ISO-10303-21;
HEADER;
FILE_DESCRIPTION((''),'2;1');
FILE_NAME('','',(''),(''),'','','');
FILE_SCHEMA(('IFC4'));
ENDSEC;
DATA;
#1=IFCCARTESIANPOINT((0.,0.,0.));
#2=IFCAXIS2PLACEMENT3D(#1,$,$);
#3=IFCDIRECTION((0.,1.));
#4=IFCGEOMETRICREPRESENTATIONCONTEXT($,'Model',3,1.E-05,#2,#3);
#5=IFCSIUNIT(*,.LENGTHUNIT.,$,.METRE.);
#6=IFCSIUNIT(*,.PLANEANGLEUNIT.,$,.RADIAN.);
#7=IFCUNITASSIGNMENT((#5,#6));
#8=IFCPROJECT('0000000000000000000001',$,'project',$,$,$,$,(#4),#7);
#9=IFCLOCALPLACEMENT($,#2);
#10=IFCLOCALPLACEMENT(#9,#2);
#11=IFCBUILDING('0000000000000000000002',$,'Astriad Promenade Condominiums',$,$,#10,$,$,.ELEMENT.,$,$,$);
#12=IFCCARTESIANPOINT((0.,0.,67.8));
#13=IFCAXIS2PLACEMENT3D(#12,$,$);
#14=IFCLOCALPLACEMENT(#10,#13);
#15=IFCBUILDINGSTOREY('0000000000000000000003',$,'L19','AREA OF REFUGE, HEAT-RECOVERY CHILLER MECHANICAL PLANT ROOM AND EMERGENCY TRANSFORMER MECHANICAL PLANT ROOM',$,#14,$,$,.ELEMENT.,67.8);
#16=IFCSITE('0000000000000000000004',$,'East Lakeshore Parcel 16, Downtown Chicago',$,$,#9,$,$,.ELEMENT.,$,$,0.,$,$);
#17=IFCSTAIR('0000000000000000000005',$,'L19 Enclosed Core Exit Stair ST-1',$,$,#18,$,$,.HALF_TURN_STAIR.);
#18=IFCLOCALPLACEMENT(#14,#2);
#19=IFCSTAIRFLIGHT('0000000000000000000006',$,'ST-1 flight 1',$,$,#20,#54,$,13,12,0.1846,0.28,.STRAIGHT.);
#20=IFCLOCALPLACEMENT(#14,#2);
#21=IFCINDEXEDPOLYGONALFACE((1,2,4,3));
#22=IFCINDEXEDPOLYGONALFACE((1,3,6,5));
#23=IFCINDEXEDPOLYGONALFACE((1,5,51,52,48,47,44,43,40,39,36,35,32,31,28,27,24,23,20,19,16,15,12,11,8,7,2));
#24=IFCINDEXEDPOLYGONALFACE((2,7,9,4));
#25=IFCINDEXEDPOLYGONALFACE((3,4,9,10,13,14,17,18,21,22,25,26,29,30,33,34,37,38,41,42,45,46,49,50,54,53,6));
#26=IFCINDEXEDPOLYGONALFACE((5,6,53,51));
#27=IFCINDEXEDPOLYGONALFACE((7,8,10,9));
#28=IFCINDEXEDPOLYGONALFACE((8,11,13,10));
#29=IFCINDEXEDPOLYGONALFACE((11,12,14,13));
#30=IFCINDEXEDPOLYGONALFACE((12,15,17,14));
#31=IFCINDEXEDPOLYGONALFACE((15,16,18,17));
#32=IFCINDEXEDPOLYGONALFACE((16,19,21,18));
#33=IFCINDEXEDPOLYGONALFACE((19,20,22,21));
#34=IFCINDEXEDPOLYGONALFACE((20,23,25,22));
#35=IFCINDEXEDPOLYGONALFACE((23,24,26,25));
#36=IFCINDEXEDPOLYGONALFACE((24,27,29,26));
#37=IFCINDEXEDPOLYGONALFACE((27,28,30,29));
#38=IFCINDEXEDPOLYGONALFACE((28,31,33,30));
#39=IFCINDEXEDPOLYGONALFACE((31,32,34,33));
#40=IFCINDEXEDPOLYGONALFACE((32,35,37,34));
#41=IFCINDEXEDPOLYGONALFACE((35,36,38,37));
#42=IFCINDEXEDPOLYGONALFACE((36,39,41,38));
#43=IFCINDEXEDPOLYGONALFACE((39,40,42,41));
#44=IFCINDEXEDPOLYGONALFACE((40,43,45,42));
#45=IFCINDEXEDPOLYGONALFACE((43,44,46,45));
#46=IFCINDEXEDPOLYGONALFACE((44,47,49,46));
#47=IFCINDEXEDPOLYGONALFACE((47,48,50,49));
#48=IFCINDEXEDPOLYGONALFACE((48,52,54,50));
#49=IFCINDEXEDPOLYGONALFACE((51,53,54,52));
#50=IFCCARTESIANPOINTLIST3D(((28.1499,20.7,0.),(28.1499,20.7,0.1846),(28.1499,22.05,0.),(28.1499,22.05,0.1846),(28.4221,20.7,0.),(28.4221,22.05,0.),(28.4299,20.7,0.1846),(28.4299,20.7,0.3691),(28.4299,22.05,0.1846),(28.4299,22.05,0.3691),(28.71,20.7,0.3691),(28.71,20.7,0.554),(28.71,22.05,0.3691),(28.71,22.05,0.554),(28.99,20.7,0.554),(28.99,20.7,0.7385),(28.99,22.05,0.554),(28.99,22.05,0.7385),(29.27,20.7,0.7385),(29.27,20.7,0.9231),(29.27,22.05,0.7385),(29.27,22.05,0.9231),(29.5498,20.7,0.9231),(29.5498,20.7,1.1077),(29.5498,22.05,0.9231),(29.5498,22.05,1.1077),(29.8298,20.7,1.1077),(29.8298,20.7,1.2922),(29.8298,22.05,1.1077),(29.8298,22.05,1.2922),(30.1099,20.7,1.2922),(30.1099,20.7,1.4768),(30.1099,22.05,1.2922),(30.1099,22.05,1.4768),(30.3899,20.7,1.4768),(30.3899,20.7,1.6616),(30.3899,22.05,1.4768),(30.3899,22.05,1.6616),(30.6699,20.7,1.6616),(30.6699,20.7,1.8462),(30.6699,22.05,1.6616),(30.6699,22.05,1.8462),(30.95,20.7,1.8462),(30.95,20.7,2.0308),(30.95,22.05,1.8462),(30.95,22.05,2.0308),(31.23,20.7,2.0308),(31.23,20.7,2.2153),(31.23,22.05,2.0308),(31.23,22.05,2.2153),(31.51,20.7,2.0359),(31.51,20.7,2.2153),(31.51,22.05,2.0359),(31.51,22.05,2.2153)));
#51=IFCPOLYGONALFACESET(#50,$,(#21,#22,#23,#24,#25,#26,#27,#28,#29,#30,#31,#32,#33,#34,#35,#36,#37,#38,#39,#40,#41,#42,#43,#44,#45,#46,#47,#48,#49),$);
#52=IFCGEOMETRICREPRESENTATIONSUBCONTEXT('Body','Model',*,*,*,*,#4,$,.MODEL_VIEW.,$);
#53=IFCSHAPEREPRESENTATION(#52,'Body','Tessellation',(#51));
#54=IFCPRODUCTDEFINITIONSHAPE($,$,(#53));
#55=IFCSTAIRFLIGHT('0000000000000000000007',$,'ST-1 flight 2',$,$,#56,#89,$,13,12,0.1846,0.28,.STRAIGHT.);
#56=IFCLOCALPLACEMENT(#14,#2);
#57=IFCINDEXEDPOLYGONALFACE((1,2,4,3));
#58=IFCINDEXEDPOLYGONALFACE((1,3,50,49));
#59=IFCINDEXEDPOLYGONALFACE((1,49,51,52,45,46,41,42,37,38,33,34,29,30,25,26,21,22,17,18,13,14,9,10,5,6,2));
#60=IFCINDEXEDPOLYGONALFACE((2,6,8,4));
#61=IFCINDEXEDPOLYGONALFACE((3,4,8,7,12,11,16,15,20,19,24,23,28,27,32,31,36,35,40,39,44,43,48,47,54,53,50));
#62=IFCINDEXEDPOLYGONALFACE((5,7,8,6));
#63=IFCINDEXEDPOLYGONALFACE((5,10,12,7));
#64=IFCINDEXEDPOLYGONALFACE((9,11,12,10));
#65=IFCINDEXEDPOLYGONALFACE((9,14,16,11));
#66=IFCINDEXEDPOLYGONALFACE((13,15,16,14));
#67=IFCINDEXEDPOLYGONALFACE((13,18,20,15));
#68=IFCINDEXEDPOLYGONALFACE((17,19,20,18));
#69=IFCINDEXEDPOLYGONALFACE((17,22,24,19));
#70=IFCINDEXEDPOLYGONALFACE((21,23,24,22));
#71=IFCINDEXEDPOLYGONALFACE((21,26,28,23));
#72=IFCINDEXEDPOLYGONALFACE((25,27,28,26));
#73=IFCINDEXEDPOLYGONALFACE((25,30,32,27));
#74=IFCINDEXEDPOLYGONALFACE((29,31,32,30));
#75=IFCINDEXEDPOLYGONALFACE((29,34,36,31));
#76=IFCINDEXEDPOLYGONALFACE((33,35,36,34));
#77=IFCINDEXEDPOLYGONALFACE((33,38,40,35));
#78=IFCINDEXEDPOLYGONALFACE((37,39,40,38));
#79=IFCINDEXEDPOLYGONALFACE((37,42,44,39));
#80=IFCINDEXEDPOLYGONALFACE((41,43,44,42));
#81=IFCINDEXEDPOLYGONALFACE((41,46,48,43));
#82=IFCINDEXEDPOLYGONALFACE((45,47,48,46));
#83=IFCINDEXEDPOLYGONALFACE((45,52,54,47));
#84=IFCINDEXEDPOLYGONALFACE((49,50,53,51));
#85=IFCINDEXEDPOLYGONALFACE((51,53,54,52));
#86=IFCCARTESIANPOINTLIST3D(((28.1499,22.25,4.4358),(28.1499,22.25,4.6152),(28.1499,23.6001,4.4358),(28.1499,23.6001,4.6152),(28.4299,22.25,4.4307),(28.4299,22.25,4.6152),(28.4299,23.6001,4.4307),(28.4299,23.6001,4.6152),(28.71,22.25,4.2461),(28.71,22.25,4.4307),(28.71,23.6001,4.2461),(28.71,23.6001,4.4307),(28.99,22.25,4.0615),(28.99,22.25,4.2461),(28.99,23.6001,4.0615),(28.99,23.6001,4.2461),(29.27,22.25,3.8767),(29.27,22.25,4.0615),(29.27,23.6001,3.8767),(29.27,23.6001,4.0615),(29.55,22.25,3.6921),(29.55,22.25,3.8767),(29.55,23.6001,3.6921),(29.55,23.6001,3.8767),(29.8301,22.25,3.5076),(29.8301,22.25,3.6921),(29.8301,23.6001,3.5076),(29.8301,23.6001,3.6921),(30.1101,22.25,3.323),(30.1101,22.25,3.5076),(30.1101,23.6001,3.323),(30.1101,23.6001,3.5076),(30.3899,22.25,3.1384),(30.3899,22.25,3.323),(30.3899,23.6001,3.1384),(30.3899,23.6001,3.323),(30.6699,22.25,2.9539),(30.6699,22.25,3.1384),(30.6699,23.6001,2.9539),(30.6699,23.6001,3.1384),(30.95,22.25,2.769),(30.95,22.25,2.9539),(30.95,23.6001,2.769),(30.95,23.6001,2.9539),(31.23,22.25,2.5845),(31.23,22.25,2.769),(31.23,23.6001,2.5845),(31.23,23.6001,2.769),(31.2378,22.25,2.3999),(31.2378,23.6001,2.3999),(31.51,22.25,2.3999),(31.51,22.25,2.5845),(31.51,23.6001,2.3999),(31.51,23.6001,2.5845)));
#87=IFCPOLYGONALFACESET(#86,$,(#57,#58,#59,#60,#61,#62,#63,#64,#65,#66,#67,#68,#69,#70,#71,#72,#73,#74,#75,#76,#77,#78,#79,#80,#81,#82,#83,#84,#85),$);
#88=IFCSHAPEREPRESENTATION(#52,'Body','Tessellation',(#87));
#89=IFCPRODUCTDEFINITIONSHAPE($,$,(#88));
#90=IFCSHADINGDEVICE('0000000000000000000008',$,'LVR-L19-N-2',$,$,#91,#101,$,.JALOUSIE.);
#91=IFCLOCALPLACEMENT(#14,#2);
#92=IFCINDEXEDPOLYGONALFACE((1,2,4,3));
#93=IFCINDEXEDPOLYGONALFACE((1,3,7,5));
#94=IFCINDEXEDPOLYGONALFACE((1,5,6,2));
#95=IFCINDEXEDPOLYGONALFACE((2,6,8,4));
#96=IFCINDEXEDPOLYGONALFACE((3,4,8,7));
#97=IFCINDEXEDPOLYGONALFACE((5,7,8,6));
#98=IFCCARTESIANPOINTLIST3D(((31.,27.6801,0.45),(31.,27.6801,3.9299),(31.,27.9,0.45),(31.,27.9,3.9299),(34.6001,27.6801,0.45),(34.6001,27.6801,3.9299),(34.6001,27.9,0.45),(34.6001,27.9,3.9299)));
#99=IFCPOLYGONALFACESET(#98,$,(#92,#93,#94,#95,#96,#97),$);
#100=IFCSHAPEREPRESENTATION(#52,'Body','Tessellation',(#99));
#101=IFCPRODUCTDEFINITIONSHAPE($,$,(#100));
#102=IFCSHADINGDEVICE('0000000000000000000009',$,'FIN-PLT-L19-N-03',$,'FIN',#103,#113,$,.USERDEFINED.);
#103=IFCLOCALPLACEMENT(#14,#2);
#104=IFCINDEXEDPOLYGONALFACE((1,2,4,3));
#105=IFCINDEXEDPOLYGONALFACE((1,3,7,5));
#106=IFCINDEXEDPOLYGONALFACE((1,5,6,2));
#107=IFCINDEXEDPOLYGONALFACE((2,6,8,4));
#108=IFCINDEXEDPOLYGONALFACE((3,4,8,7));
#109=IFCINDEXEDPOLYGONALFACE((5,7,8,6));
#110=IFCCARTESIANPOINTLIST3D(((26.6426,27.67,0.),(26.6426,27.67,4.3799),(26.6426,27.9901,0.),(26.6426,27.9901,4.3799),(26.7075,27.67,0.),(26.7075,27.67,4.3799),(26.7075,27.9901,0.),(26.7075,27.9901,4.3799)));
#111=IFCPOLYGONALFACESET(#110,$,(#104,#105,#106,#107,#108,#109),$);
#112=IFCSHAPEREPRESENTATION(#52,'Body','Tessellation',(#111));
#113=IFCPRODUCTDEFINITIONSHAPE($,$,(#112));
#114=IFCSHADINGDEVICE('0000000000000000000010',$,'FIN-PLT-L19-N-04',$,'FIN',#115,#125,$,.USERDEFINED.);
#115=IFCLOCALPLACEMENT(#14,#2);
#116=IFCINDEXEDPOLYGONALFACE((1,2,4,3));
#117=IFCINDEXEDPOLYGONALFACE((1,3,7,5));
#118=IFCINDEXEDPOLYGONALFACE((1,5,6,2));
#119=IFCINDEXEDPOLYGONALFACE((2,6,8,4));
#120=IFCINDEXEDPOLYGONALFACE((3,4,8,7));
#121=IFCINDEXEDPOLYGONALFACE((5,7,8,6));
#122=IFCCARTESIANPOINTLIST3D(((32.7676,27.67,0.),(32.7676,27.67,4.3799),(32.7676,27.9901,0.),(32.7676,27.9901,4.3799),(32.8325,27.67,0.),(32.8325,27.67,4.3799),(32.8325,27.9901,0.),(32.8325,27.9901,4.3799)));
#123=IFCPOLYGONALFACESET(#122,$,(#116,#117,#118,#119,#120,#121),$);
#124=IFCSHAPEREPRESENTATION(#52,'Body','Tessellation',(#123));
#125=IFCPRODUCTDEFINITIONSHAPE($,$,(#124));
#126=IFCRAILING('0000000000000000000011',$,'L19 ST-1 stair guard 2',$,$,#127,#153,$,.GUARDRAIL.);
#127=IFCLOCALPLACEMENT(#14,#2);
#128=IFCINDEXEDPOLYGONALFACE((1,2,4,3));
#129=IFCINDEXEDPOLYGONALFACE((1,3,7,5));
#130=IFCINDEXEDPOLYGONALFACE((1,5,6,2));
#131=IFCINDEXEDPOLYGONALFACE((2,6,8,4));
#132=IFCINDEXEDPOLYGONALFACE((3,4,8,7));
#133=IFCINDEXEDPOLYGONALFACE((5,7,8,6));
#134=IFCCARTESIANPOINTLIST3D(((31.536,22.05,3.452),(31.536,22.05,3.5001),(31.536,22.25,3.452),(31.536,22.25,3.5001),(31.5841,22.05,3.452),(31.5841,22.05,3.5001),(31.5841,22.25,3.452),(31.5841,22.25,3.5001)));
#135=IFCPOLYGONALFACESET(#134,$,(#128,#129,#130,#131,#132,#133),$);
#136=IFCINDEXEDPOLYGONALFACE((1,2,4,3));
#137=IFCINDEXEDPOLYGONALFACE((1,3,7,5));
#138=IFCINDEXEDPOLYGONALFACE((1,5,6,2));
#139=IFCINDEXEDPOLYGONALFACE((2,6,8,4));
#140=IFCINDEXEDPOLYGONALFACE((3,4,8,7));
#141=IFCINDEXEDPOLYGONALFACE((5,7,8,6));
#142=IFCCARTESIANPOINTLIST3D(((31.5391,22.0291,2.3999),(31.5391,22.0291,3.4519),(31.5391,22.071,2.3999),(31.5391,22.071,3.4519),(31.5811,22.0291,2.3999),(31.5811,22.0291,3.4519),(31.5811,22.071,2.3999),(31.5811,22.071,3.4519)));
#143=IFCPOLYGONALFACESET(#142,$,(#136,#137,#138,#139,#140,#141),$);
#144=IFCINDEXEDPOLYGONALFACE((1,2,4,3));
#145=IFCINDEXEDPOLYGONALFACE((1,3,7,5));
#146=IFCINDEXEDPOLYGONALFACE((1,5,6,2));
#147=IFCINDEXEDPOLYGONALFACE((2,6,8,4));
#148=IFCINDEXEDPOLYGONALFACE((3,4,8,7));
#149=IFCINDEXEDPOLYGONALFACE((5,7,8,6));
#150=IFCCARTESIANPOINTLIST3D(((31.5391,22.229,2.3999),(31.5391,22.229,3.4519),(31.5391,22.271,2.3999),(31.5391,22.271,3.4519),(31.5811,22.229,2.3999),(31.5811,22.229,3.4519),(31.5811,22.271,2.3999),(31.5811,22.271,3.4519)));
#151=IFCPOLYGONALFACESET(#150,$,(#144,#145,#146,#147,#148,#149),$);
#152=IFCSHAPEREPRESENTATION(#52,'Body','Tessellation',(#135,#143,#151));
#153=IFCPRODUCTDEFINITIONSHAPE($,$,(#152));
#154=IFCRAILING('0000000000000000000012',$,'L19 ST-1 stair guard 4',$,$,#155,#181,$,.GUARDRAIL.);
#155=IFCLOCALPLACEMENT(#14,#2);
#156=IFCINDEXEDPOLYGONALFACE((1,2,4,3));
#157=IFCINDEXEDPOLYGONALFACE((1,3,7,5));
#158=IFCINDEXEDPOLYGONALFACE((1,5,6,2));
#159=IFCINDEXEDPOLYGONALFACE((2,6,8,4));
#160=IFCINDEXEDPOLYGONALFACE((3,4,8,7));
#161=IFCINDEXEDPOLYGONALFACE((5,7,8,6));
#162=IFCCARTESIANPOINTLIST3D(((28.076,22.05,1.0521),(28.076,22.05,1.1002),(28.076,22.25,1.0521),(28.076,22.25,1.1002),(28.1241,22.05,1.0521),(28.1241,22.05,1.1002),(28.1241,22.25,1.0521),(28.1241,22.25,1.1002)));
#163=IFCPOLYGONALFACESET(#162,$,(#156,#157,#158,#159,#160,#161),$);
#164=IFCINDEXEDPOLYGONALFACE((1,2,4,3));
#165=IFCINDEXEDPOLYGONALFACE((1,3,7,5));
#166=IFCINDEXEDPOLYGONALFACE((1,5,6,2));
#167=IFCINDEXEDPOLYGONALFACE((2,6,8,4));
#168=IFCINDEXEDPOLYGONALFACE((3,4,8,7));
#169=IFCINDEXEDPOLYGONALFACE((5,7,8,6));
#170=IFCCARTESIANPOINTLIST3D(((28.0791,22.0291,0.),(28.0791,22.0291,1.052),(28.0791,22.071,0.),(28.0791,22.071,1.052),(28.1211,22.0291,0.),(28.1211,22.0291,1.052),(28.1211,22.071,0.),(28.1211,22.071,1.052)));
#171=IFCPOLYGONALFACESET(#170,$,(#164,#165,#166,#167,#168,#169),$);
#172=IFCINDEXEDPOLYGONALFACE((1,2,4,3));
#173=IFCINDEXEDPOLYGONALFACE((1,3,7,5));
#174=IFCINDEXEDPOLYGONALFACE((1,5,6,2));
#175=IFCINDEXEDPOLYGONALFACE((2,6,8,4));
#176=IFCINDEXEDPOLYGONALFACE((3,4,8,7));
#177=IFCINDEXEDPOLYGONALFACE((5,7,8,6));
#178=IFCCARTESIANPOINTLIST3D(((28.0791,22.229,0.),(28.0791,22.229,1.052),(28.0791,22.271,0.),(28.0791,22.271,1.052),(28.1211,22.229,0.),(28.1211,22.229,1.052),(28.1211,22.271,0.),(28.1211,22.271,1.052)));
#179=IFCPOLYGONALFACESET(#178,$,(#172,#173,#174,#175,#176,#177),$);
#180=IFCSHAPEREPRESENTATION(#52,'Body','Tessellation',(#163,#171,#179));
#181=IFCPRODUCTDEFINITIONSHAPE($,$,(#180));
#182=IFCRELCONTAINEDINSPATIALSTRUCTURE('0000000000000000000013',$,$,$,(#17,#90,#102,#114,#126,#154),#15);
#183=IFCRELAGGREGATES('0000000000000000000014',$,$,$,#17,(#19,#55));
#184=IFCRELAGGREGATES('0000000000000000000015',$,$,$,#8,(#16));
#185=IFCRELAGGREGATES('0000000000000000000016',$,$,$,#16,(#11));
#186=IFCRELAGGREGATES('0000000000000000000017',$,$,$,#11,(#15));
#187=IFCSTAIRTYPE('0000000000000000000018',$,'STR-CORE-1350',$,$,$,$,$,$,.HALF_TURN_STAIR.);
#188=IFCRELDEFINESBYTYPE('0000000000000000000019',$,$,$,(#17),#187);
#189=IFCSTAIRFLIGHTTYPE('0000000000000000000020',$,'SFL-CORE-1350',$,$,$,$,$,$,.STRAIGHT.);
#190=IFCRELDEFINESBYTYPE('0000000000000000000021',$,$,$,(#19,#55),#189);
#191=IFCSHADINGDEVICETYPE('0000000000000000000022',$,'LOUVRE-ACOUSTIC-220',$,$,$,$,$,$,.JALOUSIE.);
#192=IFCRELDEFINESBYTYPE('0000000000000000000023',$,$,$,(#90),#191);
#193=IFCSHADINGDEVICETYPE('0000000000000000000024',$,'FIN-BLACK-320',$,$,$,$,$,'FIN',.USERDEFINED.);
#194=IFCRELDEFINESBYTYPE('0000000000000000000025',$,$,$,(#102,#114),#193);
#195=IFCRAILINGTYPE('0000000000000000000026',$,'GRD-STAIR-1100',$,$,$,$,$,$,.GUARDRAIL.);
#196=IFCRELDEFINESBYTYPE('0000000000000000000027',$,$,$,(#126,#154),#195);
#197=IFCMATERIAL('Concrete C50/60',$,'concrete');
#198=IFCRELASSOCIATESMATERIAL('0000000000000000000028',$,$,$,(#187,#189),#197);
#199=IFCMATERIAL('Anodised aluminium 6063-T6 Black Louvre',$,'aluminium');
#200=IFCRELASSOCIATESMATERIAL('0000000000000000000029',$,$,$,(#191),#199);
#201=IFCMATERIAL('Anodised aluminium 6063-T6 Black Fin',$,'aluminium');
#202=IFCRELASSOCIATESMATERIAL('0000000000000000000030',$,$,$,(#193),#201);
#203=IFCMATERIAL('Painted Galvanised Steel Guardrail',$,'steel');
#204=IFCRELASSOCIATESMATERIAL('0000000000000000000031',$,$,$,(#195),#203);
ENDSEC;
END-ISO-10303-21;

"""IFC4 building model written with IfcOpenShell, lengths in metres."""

from ifc_helpers import new_model, si_unit, direction, frame, origin, origin_2d, place, context, subcontext, project, spatial, polyline, rectangle, outline, extrude, source, transform, mapped, material, type_object, type_shapes, element, aggregate, save


model = new_model("IFC4")

# Units and contexts
model_context = context("Model", 3, precision=1e-05, world=origin(), true_north=direction((0.0, 1.0)))
body_context = subcontext(model_context, "Body", "Model", "MODEL_VIEW")
ifc_project = project(units=[si_unit("LENGTHUNIT", "METRE"), si_unit("PLANEANGLEUNIT", "RADIAN")], contexts=[model_context])

# Site, building, storey
site_placement = place(None, origin())
site = spatial("IfcSite", under=ifc_project, at=site_placement, Name="East Lakeshore Parcel 16, Downtown Chicago", CompositionType="ELEMENT", RefElevation=0.0)
building_placement = place(site_placement, origin())
building = spatial("IfcBuilding", under=site, at=building_placement, Name="Astriad Promenade Condominiums", CompositionType="ELEMENT")
storey_placement = place(building_placement, frame((0.0, 0.0, 67.8)))
storey = spatial("IfcBuildingStorey", under=building, at=storey_placement, Name="L19", Description="AREA OF REFUGE, HEAT-RECOVERY CHILLER MECHANICAL PLANT ROOM AND EMERGENCY TRANSFORMER MECHANICAL PLANT ROOM", CompositionType="ELEMENT", Elevation=67.8)

# Shared definitions
ifc_material_1 = material(Name="Concrete C50/60", Category="concrete")

# Stair, stair flights
stair_type = type_object("IfcStairType", Name="STR-CORE-1350", PredefinedType="HALF_TURN_STAIR", material=ifc_material_1)
stair_placement = place(storey_placement, origin())
stair = element("IfcStair", 1, at=stair_placement, inside=storey, type_object=stair_type, Name="L19 Enclosed Core Exit Stair ST-1", PredefinedType="HALF_TURN_STAIR")
stair_flight_type = type_object("IfcStairFlightType", Name="SFL-CORE-1350", PredefinedType="STRAIGHT", material=ifc_material_1)
shared_shape_1 = source(origin(), body_context, "Body", "SweptSolid", [
    extrude(outline(polyline([(0.0, 0.0), (0.0, 0.1846), (0.28, 0.1846), (0.28, 0.3691), (0.5601, 0.3691), (0.5601, 0.554), (0.8401, 0.554), (0.8401, 0.7385), (1.1201, 0.7385), (1.1201, 0.9231), (1.3999, 0.9231), (1.3999, 1.1077), (1.6799, 1.1077), (1.6799, 1.2922), (1.96, 1.2922), (1.96, 1.4768), (2.24, 1.4768), (2.24, 1.6616), (2.52, 1.6616), (2.52, 1.8462), (2.8, 1.8462), (2.8, 2.0308), (3.0801, 2.0308), (3.0801, 2.2153), (3.3601, 2.2153), (3.3601, 2.3999), (3.3601, 2.0359), (0.2722, 0.0), (0.0, 0.0)])), frame((0.0, 0.675, 0.0), z_axis=(0.0, -1.0, 0.0), x_axis=(1.0, 0.0, 0.0)), (0.0, 0.0, 1.0), 1.3501),
])
type_shapes(stair_flight_type, [shared_shape_1])
stair_flight_1_placement = place(storey_placement, frame((28.1499, 21.375, 0.0), z_axis=(0.0, 0.0, 1.0), x_axis=(1.0, 0.0, 0.0)))
stair_flight_1 = element("IfcStairFlight", 2, at=stair_flight_1_placement, type_object=stair_flight_type, Name="ST-1 flight 1", NumberOfRisers=13, NumberOfTreads=12, PredefinedType="STRAIGHT", RiserHeight=0.1846, TreadLength=0.28, context=body_context, shape_type="MappedRepresentation", body=[
    mapped(shared_shape_1, transform((0.0, 0.0, 0.0), scale=1.0)),
])
stair_flight_2_placement = place(storey_placement, frame((31.51, 22.925, 2.3999), z_axis=(0.0, 0.0, 1.0), x_axis=(-1.0, 0.0, 0.0)))
stair_flight_2 = element("IfcStairFlight", 3, at=stair_flight_2_placement, type_object=stair_flight_type, Name="ST-1 flight 2", NumberOfRisers=13, NumberOfTreads=12, PredefinedType="STRAIGHT", RiserHeight=0.1846, TreadLength=0.28, context=body_context, shape_type="MappedRepresentation", body=[
    mapped(shared_shape_1, transform((0.0, 0.0, 0.0), scale=1.0)),
])
aggregate(stair, [stair_flight_1, stair_flight_2])

# Shading devices
ifc_material_2 = material(Name="Anodised aluminium 6063-T6 Black Louvre", Category="aluminium")
shading_device_type_1 = type_object("IfcShadingDeviceType", Name="LOUVRE-ACOUSTIC-220", PredefinedType="JALOUSIE", material=ifc_material_2)
shared_shape_2 = source(origin(), body_context, "Body", "SweptSolid", [
    extrude(rectangle(XDim=3.6001, YDim=0.22, at=origin_2d()), origin(), (0.0, 0.0, 1.0), 3.48),
])
type_shapes(shading_device_type_1, [shared_shape_2])
shading_device_placement = place(storey_placement, frame((32.8, 27.79, 0.45), z_axis=(0.0, 0.0, 1.0), x_axis=(1.0, 0.0, 0.0)))
element("IfcShadingDevice", 4, at=shading_device_placement, inside=storey, type_object=shading_device_type_1, Name="LVR-L19-N-2", PredefinedType="JALOUSIE", context=body_context, shape_type="MappedRepresentation", body=[
    mapped(shared_shape_2, transform((0.0, 0.0, 0.0), scale=1.0)),
])
ifc_material_3 = material(Name="Anodised aluminium 6063-T6 Black Fin", Category="aluminium")
shading_device_type_2 = type_object("IfcShadingDeviceType", Name="FIN-BLACK-320", ElementType="FIN", PredefinedType="USERDEFINED", material=ifc_material_3)
shared_shape_3 = source(origin(), body_context, "Body", "SweptSolid", [
    extrude(rectangle(XDim=0.0649, YDim=0.3201, at=origin_2d()), origin(), (0.0, 0.0, 1.0), 4.3799),
])
type_shapes(shading_device_type_2, [shared_shape_3])
for number, where, z_axis, x_axis, name in (
    (5, (26.675, 27.8301, 0.0), (0.0, 0.0, 1.0), (1.0, 0.0, 0.0), "FIN-PLT-L19-N-03"),
    (6, (32.8, 27.8301, 0.0), (0.0, 0.0, 1.0), (1.0, 0.0, 0.0), "FIN-PLT-L19-N-04"),
):
    element("IfcShadingDevice", number, at=place(storey_placement, frame(where, z_axis=z_axis, x_axis=x_axis)), inside=storey, type_object=shading_device_type_2, Name=name, ObjectType="FIN", PredefinedType="USERDEFINED", context=body_context, shape_type="MappedRepresentation", body=[
        mapped(shared_shape_3, transform((0.0, 0.0, 0.0), scale=1.0)),
    ])

# Railings
ifc_material_4 = material(Name="Painted Galvanised Steel Guardrail", Category="steel")
railing_type_1 = type_object("IfcRailingType", Name="GRD-STAIR-1100", PredefinedType="GUARDRAIL", material=ifc_material_4)
shared_shape_4 = source(origin(), body_context, "Body", "SweptSolid", [
    extrude(rectangle(XDim=0.0481, YDim=0.0481, at=origin_2d()), frame((0.0, 0.0, 1.0762), z_axis=(0.0, 1.0, 0.0), x_axis=(-1.0, 0.0, 0.0)), (0.0, 0.0, 1.0), 0.2),
    extrude(rectangle(XDim=0.042, YDim=0.042, at=origin_2d()), origin(), (0.0, 0.0, 1.0), 1.052),
    extrude(rectangle(XDim=0.042, YDim=0.042, at=origin_2d()), frame((0.0, 0.2, 0.0)), (0.0, 0.0, 1.0), 1.052),
])
for number, where, name in (
    (7, (31.5601, 22.05, 2.3999), "L19 ST-1 stair guard 2"),
    (8, (28.1001, 22.05, 0.0), "L19 ST-1 stair guard 4"),
):
    element("IfcRailing", number, at=place(storey_placement, frame(where)), inside=storey, type_object=railing_type_1, Name=name, PredefinedType="GUARDRAIL", context=body_context, shape_type="MappedRepresentation", body=[
        mapped(shared_shape_4, transform((0.0, 0.0, 0.0), scale=1.0)),
    ])

save(model, "model.ifc")
